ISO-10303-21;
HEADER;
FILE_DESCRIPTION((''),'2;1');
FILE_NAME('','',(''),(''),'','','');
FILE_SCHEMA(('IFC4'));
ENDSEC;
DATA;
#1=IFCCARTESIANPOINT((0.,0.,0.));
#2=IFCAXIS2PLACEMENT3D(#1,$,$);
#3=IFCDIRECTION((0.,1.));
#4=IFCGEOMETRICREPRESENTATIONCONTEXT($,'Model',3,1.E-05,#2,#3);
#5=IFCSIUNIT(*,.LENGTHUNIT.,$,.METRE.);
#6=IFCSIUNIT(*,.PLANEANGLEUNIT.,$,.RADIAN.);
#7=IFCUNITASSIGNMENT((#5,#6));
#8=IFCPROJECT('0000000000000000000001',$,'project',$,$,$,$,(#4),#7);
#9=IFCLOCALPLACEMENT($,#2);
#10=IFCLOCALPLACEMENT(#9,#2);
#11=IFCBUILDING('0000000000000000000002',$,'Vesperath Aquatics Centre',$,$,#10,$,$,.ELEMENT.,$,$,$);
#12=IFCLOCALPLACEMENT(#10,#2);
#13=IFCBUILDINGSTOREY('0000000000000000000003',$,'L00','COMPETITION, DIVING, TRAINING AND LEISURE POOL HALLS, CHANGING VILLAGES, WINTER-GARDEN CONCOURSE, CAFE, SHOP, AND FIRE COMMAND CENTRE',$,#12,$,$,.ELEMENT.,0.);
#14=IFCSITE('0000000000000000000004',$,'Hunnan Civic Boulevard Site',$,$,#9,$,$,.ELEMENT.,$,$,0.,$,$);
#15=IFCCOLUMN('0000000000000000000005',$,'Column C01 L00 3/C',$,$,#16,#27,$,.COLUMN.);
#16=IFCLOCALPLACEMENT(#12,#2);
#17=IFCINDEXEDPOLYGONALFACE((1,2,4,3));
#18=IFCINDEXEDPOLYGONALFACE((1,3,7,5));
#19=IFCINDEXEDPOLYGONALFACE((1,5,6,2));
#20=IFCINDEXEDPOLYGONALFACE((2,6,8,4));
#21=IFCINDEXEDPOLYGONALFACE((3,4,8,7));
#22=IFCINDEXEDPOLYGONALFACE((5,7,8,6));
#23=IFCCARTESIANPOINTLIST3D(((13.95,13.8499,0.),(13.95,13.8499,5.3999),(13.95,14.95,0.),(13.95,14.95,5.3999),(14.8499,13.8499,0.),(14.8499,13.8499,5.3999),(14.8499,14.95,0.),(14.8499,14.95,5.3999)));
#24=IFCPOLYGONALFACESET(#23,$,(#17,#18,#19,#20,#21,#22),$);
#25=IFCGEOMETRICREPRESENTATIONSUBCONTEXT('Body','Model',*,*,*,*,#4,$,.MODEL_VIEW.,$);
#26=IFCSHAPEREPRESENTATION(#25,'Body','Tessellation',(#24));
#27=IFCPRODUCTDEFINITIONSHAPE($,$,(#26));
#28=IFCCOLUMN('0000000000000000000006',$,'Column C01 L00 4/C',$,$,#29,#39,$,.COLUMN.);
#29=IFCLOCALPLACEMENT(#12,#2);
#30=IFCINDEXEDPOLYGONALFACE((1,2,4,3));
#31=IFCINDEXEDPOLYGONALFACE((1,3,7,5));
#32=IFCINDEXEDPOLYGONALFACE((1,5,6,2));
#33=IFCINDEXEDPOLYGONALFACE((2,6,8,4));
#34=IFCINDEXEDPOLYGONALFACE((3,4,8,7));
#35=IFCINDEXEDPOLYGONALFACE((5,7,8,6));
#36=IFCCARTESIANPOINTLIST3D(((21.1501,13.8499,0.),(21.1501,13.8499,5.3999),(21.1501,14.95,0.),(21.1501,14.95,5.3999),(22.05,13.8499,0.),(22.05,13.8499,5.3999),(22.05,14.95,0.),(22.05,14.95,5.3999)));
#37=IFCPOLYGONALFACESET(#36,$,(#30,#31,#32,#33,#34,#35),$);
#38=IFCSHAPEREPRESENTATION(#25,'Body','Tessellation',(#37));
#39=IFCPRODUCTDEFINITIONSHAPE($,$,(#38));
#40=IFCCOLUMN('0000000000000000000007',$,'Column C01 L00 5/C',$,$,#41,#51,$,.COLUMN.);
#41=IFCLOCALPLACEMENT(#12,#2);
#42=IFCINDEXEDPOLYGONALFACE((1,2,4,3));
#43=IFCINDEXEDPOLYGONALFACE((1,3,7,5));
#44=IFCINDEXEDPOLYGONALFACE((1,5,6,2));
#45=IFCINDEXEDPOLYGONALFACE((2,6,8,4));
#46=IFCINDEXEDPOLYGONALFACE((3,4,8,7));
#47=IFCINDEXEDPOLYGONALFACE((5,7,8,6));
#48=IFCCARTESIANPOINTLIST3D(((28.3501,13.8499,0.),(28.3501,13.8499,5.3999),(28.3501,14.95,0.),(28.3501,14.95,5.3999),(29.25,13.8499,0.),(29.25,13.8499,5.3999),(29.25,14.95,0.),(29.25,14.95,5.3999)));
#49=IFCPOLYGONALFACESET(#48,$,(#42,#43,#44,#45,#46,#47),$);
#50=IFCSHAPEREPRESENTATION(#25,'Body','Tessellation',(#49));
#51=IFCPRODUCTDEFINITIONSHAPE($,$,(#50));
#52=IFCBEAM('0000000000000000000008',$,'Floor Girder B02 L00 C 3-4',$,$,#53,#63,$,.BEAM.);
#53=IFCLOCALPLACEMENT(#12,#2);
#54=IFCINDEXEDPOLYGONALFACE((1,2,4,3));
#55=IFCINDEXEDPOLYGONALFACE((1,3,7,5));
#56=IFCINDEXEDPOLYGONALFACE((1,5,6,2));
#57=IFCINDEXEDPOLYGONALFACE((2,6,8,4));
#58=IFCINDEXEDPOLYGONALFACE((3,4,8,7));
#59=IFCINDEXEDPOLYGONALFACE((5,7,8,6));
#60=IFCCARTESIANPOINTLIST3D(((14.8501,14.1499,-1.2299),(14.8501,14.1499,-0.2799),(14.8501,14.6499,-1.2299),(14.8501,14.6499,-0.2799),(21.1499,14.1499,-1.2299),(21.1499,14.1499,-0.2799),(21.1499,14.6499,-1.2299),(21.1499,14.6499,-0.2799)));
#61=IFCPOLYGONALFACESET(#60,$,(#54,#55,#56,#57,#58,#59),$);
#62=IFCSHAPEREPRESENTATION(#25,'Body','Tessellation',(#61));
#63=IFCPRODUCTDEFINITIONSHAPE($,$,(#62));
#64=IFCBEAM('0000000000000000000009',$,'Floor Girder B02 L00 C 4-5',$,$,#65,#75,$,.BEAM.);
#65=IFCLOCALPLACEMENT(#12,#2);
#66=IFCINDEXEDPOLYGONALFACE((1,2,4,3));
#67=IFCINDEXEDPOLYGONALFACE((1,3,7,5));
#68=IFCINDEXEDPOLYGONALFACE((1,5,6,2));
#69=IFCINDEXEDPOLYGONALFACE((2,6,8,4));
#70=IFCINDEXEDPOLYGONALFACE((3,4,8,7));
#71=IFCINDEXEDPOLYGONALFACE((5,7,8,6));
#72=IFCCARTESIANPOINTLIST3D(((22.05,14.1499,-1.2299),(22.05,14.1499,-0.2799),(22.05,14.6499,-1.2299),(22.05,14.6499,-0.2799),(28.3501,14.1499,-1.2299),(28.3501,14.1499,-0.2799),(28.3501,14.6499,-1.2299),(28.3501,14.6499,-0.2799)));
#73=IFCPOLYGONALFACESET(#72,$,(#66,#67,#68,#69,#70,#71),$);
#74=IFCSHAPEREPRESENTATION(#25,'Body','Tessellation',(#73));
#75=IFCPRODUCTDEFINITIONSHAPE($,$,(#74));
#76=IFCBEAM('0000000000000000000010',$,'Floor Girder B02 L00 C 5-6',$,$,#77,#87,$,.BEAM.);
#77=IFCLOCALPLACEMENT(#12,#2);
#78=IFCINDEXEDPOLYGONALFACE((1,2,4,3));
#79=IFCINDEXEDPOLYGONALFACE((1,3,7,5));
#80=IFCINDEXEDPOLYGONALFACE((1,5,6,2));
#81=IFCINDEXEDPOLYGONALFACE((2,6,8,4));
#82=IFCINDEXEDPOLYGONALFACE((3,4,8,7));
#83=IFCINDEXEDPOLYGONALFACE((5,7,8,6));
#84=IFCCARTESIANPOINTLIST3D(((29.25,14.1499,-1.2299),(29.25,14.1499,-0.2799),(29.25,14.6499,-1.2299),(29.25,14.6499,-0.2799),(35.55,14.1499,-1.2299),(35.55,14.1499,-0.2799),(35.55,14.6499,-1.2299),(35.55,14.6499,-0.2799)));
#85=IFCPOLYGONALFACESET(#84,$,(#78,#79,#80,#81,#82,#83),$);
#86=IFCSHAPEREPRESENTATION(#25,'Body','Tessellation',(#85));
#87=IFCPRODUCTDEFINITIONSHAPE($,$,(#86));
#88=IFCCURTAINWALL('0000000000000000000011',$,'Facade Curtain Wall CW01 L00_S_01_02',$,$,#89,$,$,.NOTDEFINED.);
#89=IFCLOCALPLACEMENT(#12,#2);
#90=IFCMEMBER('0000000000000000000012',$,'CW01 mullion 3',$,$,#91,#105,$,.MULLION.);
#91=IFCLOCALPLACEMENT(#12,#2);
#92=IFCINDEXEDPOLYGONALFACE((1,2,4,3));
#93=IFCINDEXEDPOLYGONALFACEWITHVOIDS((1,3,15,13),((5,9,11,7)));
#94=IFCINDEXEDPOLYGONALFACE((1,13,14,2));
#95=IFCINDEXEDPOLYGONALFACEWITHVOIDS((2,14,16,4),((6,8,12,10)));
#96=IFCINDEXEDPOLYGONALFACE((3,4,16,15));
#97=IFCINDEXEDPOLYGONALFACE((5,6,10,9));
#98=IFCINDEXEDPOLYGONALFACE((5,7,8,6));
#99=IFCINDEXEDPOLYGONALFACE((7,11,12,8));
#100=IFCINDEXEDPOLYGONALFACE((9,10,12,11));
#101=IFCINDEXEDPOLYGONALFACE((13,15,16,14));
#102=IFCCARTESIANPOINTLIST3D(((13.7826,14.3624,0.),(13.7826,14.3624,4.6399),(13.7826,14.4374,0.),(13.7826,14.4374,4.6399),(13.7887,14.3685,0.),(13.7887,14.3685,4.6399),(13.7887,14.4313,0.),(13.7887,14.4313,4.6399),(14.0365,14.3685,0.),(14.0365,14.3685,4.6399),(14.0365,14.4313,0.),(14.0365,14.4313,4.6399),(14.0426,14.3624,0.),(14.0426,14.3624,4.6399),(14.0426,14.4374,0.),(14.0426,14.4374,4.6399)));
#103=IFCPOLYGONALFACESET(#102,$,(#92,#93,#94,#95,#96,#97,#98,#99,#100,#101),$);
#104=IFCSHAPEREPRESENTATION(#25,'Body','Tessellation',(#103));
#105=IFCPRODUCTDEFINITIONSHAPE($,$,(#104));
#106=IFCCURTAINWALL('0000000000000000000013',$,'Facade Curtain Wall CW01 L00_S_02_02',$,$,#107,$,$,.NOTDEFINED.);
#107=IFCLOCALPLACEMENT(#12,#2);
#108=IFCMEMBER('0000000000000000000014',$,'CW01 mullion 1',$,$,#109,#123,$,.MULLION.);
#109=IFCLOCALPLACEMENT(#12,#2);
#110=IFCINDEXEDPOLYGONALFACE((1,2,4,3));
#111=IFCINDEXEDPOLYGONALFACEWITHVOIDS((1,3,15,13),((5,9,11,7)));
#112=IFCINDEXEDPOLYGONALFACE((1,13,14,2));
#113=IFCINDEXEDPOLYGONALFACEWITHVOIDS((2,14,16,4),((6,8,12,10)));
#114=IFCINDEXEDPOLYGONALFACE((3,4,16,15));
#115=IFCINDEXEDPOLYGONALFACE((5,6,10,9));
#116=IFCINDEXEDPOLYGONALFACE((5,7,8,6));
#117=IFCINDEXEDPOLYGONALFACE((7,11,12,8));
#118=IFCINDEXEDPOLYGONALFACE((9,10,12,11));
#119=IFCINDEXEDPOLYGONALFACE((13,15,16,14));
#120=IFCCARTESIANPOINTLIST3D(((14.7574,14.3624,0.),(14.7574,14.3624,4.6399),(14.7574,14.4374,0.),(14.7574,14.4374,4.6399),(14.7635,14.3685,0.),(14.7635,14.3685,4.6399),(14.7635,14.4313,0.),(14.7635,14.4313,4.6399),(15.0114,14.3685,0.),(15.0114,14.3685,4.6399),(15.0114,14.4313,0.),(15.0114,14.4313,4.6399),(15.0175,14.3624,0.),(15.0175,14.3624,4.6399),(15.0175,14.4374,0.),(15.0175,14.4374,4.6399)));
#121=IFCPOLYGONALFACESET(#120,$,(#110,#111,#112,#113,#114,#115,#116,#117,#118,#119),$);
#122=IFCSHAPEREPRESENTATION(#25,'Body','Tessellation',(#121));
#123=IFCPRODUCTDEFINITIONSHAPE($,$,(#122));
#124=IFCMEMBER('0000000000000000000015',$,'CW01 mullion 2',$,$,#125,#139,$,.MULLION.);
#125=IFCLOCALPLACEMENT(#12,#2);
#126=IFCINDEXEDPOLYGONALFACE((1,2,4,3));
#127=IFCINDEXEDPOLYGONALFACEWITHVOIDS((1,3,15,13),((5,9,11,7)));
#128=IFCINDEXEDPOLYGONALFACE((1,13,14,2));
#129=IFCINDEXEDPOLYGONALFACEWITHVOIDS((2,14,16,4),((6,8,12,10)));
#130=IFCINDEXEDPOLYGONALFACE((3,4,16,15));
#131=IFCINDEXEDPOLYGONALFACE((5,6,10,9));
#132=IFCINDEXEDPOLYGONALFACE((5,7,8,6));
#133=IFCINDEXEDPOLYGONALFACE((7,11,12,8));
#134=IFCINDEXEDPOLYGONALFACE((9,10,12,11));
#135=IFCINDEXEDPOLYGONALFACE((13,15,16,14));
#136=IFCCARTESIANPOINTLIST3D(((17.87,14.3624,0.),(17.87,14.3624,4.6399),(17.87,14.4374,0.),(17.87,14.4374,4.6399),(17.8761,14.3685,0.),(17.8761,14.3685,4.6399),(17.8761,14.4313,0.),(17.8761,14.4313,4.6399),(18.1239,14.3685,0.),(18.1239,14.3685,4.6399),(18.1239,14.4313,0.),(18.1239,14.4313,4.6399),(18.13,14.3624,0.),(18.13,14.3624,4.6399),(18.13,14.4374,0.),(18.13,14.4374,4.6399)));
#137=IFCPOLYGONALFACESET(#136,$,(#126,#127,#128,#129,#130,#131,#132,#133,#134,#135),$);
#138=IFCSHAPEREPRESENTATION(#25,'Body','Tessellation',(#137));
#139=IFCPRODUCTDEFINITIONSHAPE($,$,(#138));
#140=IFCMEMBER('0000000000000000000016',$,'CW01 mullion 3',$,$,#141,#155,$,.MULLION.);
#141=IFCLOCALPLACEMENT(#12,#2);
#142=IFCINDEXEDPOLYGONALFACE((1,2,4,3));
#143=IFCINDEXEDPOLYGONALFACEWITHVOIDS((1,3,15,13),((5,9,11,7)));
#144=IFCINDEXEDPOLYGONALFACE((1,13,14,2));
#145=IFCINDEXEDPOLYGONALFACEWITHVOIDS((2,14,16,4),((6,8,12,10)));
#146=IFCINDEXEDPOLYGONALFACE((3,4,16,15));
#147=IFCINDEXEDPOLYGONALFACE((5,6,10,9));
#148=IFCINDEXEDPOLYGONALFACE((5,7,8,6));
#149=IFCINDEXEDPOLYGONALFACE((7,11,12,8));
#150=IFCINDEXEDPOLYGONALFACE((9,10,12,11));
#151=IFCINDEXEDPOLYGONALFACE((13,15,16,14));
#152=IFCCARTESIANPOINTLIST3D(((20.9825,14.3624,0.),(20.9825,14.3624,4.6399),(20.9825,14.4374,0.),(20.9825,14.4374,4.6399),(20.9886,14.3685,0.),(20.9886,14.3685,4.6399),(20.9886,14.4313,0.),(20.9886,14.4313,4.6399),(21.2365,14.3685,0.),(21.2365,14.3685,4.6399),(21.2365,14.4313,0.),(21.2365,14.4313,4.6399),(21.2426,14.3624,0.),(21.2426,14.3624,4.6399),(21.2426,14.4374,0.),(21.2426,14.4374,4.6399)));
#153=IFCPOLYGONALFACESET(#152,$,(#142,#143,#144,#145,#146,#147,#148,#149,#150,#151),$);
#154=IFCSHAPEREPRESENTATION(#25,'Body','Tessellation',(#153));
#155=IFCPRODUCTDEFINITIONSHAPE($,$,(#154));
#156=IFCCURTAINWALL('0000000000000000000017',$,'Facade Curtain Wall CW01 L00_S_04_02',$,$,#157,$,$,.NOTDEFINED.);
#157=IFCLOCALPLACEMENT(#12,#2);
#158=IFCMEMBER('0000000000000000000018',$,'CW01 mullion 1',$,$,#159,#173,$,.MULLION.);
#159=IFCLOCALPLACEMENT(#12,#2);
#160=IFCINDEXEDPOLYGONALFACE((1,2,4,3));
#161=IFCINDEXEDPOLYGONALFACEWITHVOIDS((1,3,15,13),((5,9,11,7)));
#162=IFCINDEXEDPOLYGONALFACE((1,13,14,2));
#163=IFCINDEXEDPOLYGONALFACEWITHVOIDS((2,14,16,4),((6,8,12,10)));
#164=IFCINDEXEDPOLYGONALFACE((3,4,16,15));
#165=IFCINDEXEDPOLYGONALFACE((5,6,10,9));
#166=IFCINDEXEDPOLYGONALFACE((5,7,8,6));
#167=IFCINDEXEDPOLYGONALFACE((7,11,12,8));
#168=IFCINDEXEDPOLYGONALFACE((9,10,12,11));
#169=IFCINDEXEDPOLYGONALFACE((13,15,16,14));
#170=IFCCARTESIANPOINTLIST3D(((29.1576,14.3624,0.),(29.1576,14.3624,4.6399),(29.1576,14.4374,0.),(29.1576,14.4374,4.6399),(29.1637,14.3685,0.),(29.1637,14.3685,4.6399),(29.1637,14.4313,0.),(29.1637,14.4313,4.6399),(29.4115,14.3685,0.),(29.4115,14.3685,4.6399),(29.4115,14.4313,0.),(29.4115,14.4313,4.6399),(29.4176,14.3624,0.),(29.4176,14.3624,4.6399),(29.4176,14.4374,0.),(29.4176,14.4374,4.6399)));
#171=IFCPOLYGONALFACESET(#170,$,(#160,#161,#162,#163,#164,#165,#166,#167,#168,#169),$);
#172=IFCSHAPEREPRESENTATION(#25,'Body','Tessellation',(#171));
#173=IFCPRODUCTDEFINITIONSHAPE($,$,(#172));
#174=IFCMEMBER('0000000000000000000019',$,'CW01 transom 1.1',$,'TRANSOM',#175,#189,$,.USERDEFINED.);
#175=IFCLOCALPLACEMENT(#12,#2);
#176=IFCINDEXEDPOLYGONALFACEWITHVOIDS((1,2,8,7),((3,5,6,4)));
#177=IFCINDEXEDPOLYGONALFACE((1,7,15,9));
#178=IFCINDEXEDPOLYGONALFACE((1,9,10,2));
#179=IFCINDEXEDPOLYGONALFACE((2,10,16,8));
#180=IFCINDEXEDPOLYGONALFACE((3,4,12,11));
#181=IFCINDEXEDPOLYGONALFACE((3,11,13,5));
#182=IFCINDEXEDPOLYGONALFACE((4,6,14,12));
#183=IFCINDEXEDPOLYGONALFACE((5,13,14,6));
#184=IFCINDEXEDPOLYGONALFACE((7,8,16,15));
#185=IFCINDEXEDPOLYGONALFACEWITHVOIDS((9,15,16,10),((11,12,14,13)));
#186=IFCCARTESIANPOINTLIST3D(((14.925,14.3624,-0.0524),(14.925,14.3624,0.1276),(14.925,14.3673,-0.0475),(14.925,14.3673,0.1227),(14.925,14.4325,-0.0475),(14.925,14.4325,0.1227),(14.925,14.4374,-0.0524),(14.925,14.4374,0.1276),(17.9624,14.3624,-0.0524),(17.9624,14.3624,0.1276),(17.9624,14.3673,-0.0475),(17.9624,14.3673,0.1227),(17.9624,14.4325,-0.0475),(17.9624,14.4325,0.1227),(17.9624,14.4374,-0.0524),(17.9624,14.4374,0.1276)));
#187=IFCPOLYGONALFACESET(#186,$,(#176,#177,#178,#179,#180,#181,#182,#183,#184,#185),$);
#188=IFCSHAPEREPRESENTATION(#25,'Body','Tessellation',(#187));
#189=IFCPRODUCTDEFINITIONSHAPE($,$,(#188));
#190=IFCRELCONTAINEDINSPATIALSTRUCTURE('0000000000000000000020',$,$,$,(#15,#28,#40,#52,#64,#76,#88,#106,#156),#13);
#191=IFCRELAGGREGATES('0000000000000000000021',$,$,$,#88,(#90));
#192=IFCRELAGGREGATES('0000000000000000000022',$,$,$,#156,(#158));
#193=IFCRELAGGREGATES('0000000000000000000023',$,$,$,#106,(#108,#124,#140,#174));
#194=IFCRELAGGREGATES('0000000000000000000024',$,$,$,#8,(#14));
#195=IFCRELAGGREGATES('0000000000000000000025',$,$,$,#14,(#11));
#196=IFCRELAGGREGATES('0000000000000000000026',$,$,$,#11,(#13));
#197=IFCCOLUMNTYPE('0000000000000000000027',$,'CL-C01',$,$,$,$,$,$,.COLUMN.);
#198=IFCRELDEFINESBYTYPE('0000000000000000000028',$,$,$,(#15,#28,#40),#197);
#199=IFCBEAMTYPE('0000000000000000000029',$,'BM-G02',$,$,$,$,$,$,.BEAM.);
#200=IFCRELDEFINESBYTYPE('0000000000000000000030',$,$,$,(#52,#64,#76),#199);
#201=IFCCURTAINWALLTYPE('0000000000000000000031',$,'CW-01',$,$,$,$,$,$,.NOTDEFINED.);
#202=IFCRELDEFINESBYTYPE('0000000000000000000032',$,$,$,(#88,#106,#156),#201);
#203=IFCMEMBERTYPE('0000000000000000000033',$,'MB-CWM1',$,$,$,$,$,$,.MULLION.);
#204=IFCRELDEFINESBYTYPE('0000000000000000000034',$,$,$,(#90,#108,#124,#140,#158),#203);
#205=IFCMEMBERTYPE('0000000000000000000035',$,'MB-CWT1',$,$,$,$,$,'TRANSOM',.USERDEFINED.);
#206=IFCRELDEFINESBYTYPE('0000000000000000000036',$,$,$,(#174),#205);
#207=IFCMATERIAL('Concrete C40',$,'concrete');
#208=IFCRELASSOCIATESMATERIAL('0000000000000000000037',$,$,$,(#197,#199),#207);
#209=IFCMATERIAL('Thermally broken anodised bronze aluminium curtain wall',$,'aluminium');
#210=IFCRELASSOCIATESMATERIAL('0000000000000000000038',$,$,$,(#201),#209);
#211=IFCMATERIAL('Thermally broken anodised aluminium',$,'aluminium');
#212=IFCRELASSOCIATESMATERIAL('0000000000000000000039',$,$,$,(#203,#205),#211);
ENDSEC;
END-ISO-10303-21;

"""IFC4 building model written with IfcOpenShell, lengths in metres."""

from ifc_helpers import new_model, si_unit, direction, frame, origin, origin_2d, place, context, subcontext, project, spatial, rectangle, hollow_rectangle, extrude, material, material_profile, profile_set, type_object, element, aggregate, save


model = new_model("IFC4")

# Units and contexts
model_context = context("Model", 3, precision=1e-05, world=origin(), true_north=direction((0.0, 1.0)))
body_context = subcontext(model_context, "Body", "Model", "MODEL_VIEW")
ifc_project = project(units=[si_unit("LENGTHUNIT", "METRE"), si_unit("PLANEANGLEUNIT", "RADIAN")], contexts=[model_context])

# Site, building, storey
site_placement = place(None, origin())
site = spatial("IfcSite", under=ifc_project, at=site_placement, Name="Hunnan Civic Boulevard Site", CompositionType="ELEMENT", RefElevation=0.0)
building_placement = place(site_placement, origin())
building = spatial("IfcBuilding", under=site, at=building_placement, Name="Vesperath Aquatics Centre", CompositionType="ELEMENT")
storey_placement = place(building_placement, origin())
storey = spatial("IfcBuildingStorey", under=building, at=storey_placement, Name="L00", Description="COMPETITION, DIVING, TRAINING AND LEISURE POOL HALLS, CHANGING VILLAGES, WINTER-GARDEN CONCOURSE, CAFE, SHOP, AND FIRE COMMAND CENTRE", CompositionType="ELEMENT", Elevation=0.0)

# Columns
ifc_material_1 = material(Name="Concrete C40", Category="concrete")
ifc_material_profile_1 = material_profile(ifc_material_1, rectangle(XDim=0.8999, YDim=1.1001, at=origin_2d()), Name="RC 1100x900")
ifc_profile_set_1 = profile_set([ifc_material_profile_1], Name="Concrete C40")
column_type = type_object("IfcColumnType", Name="CL-C01", PredefinedType="COLUMN", material=ifc_profile_set_1)
for number, where, z_axis, x_axis, name in (
    (1, (14.3999, 14.3999, 0.0), (0.0, 0.0, 1.0), (1.0, 0.0, 0.0), "Column C01 L00 3/C"),
    (2, (21.6001, 14.3999, 0.0), (0.0, 0.0, 1.0), (1.0, 0.0, 0.0), "Column C01 L00 4/C"),
    (3, (28.8, 14.3999, 0.0), (0.0, 0.0, 1.0), (1.0, 0.0, 0.0), "Column C01 L00 5/C"),
):
    element("IfcColumn", number, at=place(storey_placement, frame(where, z_axis=z_axis, x_axis=x_axis)), inside=storey, type_object=column_type, Name=name, PredefinedType="COLUMN", context=body_context, shape_type="SweptSolid", body=[
        extrude(rectangle(XDim=0.8999, YDim=1.1001, at=origin_2d()), origin(), (0.0, 0.0, 1.0), 5.3999),
    ])

# Beams
ifc_material_profile_2 = material_profile(ifc_material_1, rectangle(XDim=0.5, YDim=0.95, at=origin_2d()), Name="RC 500x950")
ifc_profile_set_2 = profile_set([ifc_material_profile_2], Name="Concrete C40")
beam_type = type_object("IfcBeamType", Name="BM-G02", PredefinedType="BEAM", material=ifc_profile_set_2)
beam_placement = place(storey_placement, frame((14.8501, 14.3999, -0.7549), z_axis=(1.0, 0.0, 0.0), x_axis=(0.0, 1.0, 0.0)))
element("IfcBeam", 4, at=beam_placement, inside=storey, type_object=beam_type, Name="Floor Girder B02 L00 C 3-4", PredefinedType="BEAM", context=body_context, shape_type="SweptSolid", body=[
    extrude(rectangle(XDim=0.5, YDim=0.95, at=origin_2d()), origin(), (0.0, 0.0, 1.0), 6.2998),
])
for number, where, z_axis, x_axis, name in (
    (5, (22.05, 14.3999, -0.7549), (1.0, 0.0, 0.0), (0.0, 1.0, 0.0), "Floor Girder B02 L00 C 4-5"),
    (6, (29.25, 14.3999, -0.7549), (1.0, 0.0, 0.0), (0.0, 1.0, 0.0), "Floor Girder B02 L00 C 5-6"),
):
    element("IfcBeam", number, at=place(storey_placement, frame(where, z_axis=z_axis, x_axis=x_axis)), inside=storey, type_object=beam_type, Name=name, PredefinedType="BEAM", context=body_context, shape_type="SweptSolid", body=[
        extrude(rectangle(XDim=0.5, YDim=0.95, at=origin_2d()), origin(), (0.0, 0.0, 1.0), 6.3),
    ])

# Curtain wall, member
ifc_material_2 = material(Name="Thermally broken anodised bronze aluminium curtain wall", Category="aluminium")
curtain_wall_type = type_object("IfcCurtainWallType", Name="CW-01", PredefinedType="NOTDEFINED", material=ifc_material_2)
curtain_wall_1_placement = place(storey_placement, origin())
curtain_wall_1 = element("IfcCurtainWall", 7, at=curtain_wall_1_placement, inside=storey, type_object=curtain_wall_type, Name="Facade Curtain Wall CW01 L00_S_01_02", PredefinedType="NOTDEFINED")
ifc_material_3 = material(Name="Thermally broken anodised aluminium", Category="aluminium")
ifc_material_profile_3 = material_profile(ifc_material_3, hollow_rectangle(XDim=0.075, YDim=0.26, WallThickness=0.0061, at=origin_2d()), Name="CWM 75x260x6")
ifc_profile_set_3 = profile_set([ifc_material_profile_3], Name="Thermally broken anodised aluminium")
member_type_1 = type_object("IfcMemberType", Name="MB-CWM1", PredefinedType="MULLION", material=ifc_profile_set_3)
member_1_placement = place(storey_placement, frame((13.9126, 14.3999, 0.0), z_axis=(0.0, 0.0, 1.0), x_axis=(0.0, 1.0, 0.0)))
member_1 = element("IfcMember", 8, at=member_1_placement, type_object=member_type_1, Name="CW01 mullion 3", PredefinedType="MULLION", context=body_context, shape_type="SweptSolid", body=[
    extrude(hollow_rectangle(XDim=0.075, YDim=0.26, WallThickness=0.0061, at=origin_2d()), origin(), (0.0, 0.0, 1.0), 4.6399),
])
aggregate(curtain_wall_1, [member_1])

# Curtain wall, members
curtain_wall_2_placement = place(storey_placement, origin())
curtain_wall_2 = element("IfcCurtainWall", 9, at=curtain_wall_2_placement, inside=storey, type_object=curtain_wall_type, Name="Facade Curtain Wall CW01 L00_S_02_02", PredefinedType="NOTDEFINED")
member_2_placement = place(storey_placement, frame((14.8875, 14.3999, 0.0), z_axis=(0.0, 0.0, 1.0), x_axis=(0.0, 1.0, 0.0)))
member_2 = element("IfcMember", 10, at=member_2_placement, type_object=member_type_1, Name="CW01 mullion 1", PredefinedType="MULLION", context=body_context, shape_type="SweptSolid", body=[
    extrude(hollow_rectangle(XDim=0.075, YDim=0.26, WallThickness=0.0061, at=origin_2d()), origin(), (0.0, 0.0, 1.0), 4.6399),
])
member_3_placement = place(storey_placement, frame((18.0, 14.3999, 0.0), z_axis=(0.0, 0.0, 1.0), x_axis=(0.0, 1.0, 0.0)))
member_3 = element("IfcMember", 11, at=member_3_placement, type_object=member_type_1, Name="CW01 mullion 2", PredefinedType="MULLION", context=body_context, shape_type="SweptSolid", body=[
    extrude(hollow_rectangle(XDim=0.075, YDim=0.26, WallThickness=0.0061, at=origin_2d()), origin(), (0.0, 0.0, 1.0), 4.6399),
])
member_4_placement = place(storey_placement, frame((21.1125, 14.3999, 0.0), z_axis=(0.0, 0.0, 1.0), x_axis=(0.0, 1.0, 0.0)))
member_4 = element("IfcMember", 12, at=member_4_placement, type_object=member_type_1, Name="CW01 mullion 3", PredefinedType="MULLION", context=body_context, shape_type="SweptSolid", body=[
    extrude(hollow_rectangle(XDim=0.075, YDim=0.26, WallThickness=0.0061, at=origin_2d()), origin(), (0.0, 0.0, 1.0), 4.6399),
])

# Curtain wall, member
curtain_wall_3_placement = place(storey_placement, origin())
curtain_wall_3 = element("IfcCurtainWall", 13, at=curtain_wall_3_placement, inside=storey, type_object=curtain_wall_type, Name="Facade Curtain Wall CW01 L00_S_04_02", PredefinedType="NOTDEFINED")
member_5_placement = place(storey_placement, frame((29.2876, 14.3999, 0.0), z_axis=(0.0, 0.0, 1.0), x_axis=(0.0, 1.0, 0.0)))
member_5 = element("IfcMember", 14, at=member_5_placement, type_object=member_type_1, Name="CW01 mullion 1", PredefinedType="MULLION", context=body_context, shape_type="SweptSolid", body=[
    extrude(hollow_rectangle(XDim=0.075, YDim=0.26, WallThickness=0.0061, at=origin_2d()), origin(), (0.0, 0.0, 1.0), 4.6399),
])

# Member
ifc_material_profile_4 = material_profile(ifc_material_3, hollow_rectangle(XDim=0.075, YDim=0.1799, WallThickness=0.0049, at=origin_2d()), Name="CWT 75x180x5")
ifc_profile_set_4 = profile_set([ifc_material_profile_4], Name="Thermally broken anodised aluminium")
member_type_2 = type_object("IfcMemberType", Name="MB-CWT1", ElementType="TRANSOM", PredefinedType="USERDEFINED", material=ifc_profile_set_4)
member_6_placement = place(storey_placement, frame((14.925, 14.3999, 0.0376), z_axis=(1.0, 0.0, 0.0), x_axis=(0.0, 1.0, 0.0)))
member_6 = element("IfcMember", 15, at=member_6_placement, type_object=member_type_2, Name="CW01 transom 1.1", ObjectType="TRANSOM", PredefinedType="USERDEFINED", context=body_context, shape_type="SweptSolid", body=[
    extrude(hollow_rectangle(XDim=0.075, YDim=0.1799, WallThickness=0.0049, at=origin_2d()), origin(), (0.0, 0.0, 1.0), 3.0374),
])
aggregate(curtain_wall_3, [member_5])

aggregate(curtain_wall_2, [member_2, member_3, member_4, member_6])

save(model, "model.ifc")
